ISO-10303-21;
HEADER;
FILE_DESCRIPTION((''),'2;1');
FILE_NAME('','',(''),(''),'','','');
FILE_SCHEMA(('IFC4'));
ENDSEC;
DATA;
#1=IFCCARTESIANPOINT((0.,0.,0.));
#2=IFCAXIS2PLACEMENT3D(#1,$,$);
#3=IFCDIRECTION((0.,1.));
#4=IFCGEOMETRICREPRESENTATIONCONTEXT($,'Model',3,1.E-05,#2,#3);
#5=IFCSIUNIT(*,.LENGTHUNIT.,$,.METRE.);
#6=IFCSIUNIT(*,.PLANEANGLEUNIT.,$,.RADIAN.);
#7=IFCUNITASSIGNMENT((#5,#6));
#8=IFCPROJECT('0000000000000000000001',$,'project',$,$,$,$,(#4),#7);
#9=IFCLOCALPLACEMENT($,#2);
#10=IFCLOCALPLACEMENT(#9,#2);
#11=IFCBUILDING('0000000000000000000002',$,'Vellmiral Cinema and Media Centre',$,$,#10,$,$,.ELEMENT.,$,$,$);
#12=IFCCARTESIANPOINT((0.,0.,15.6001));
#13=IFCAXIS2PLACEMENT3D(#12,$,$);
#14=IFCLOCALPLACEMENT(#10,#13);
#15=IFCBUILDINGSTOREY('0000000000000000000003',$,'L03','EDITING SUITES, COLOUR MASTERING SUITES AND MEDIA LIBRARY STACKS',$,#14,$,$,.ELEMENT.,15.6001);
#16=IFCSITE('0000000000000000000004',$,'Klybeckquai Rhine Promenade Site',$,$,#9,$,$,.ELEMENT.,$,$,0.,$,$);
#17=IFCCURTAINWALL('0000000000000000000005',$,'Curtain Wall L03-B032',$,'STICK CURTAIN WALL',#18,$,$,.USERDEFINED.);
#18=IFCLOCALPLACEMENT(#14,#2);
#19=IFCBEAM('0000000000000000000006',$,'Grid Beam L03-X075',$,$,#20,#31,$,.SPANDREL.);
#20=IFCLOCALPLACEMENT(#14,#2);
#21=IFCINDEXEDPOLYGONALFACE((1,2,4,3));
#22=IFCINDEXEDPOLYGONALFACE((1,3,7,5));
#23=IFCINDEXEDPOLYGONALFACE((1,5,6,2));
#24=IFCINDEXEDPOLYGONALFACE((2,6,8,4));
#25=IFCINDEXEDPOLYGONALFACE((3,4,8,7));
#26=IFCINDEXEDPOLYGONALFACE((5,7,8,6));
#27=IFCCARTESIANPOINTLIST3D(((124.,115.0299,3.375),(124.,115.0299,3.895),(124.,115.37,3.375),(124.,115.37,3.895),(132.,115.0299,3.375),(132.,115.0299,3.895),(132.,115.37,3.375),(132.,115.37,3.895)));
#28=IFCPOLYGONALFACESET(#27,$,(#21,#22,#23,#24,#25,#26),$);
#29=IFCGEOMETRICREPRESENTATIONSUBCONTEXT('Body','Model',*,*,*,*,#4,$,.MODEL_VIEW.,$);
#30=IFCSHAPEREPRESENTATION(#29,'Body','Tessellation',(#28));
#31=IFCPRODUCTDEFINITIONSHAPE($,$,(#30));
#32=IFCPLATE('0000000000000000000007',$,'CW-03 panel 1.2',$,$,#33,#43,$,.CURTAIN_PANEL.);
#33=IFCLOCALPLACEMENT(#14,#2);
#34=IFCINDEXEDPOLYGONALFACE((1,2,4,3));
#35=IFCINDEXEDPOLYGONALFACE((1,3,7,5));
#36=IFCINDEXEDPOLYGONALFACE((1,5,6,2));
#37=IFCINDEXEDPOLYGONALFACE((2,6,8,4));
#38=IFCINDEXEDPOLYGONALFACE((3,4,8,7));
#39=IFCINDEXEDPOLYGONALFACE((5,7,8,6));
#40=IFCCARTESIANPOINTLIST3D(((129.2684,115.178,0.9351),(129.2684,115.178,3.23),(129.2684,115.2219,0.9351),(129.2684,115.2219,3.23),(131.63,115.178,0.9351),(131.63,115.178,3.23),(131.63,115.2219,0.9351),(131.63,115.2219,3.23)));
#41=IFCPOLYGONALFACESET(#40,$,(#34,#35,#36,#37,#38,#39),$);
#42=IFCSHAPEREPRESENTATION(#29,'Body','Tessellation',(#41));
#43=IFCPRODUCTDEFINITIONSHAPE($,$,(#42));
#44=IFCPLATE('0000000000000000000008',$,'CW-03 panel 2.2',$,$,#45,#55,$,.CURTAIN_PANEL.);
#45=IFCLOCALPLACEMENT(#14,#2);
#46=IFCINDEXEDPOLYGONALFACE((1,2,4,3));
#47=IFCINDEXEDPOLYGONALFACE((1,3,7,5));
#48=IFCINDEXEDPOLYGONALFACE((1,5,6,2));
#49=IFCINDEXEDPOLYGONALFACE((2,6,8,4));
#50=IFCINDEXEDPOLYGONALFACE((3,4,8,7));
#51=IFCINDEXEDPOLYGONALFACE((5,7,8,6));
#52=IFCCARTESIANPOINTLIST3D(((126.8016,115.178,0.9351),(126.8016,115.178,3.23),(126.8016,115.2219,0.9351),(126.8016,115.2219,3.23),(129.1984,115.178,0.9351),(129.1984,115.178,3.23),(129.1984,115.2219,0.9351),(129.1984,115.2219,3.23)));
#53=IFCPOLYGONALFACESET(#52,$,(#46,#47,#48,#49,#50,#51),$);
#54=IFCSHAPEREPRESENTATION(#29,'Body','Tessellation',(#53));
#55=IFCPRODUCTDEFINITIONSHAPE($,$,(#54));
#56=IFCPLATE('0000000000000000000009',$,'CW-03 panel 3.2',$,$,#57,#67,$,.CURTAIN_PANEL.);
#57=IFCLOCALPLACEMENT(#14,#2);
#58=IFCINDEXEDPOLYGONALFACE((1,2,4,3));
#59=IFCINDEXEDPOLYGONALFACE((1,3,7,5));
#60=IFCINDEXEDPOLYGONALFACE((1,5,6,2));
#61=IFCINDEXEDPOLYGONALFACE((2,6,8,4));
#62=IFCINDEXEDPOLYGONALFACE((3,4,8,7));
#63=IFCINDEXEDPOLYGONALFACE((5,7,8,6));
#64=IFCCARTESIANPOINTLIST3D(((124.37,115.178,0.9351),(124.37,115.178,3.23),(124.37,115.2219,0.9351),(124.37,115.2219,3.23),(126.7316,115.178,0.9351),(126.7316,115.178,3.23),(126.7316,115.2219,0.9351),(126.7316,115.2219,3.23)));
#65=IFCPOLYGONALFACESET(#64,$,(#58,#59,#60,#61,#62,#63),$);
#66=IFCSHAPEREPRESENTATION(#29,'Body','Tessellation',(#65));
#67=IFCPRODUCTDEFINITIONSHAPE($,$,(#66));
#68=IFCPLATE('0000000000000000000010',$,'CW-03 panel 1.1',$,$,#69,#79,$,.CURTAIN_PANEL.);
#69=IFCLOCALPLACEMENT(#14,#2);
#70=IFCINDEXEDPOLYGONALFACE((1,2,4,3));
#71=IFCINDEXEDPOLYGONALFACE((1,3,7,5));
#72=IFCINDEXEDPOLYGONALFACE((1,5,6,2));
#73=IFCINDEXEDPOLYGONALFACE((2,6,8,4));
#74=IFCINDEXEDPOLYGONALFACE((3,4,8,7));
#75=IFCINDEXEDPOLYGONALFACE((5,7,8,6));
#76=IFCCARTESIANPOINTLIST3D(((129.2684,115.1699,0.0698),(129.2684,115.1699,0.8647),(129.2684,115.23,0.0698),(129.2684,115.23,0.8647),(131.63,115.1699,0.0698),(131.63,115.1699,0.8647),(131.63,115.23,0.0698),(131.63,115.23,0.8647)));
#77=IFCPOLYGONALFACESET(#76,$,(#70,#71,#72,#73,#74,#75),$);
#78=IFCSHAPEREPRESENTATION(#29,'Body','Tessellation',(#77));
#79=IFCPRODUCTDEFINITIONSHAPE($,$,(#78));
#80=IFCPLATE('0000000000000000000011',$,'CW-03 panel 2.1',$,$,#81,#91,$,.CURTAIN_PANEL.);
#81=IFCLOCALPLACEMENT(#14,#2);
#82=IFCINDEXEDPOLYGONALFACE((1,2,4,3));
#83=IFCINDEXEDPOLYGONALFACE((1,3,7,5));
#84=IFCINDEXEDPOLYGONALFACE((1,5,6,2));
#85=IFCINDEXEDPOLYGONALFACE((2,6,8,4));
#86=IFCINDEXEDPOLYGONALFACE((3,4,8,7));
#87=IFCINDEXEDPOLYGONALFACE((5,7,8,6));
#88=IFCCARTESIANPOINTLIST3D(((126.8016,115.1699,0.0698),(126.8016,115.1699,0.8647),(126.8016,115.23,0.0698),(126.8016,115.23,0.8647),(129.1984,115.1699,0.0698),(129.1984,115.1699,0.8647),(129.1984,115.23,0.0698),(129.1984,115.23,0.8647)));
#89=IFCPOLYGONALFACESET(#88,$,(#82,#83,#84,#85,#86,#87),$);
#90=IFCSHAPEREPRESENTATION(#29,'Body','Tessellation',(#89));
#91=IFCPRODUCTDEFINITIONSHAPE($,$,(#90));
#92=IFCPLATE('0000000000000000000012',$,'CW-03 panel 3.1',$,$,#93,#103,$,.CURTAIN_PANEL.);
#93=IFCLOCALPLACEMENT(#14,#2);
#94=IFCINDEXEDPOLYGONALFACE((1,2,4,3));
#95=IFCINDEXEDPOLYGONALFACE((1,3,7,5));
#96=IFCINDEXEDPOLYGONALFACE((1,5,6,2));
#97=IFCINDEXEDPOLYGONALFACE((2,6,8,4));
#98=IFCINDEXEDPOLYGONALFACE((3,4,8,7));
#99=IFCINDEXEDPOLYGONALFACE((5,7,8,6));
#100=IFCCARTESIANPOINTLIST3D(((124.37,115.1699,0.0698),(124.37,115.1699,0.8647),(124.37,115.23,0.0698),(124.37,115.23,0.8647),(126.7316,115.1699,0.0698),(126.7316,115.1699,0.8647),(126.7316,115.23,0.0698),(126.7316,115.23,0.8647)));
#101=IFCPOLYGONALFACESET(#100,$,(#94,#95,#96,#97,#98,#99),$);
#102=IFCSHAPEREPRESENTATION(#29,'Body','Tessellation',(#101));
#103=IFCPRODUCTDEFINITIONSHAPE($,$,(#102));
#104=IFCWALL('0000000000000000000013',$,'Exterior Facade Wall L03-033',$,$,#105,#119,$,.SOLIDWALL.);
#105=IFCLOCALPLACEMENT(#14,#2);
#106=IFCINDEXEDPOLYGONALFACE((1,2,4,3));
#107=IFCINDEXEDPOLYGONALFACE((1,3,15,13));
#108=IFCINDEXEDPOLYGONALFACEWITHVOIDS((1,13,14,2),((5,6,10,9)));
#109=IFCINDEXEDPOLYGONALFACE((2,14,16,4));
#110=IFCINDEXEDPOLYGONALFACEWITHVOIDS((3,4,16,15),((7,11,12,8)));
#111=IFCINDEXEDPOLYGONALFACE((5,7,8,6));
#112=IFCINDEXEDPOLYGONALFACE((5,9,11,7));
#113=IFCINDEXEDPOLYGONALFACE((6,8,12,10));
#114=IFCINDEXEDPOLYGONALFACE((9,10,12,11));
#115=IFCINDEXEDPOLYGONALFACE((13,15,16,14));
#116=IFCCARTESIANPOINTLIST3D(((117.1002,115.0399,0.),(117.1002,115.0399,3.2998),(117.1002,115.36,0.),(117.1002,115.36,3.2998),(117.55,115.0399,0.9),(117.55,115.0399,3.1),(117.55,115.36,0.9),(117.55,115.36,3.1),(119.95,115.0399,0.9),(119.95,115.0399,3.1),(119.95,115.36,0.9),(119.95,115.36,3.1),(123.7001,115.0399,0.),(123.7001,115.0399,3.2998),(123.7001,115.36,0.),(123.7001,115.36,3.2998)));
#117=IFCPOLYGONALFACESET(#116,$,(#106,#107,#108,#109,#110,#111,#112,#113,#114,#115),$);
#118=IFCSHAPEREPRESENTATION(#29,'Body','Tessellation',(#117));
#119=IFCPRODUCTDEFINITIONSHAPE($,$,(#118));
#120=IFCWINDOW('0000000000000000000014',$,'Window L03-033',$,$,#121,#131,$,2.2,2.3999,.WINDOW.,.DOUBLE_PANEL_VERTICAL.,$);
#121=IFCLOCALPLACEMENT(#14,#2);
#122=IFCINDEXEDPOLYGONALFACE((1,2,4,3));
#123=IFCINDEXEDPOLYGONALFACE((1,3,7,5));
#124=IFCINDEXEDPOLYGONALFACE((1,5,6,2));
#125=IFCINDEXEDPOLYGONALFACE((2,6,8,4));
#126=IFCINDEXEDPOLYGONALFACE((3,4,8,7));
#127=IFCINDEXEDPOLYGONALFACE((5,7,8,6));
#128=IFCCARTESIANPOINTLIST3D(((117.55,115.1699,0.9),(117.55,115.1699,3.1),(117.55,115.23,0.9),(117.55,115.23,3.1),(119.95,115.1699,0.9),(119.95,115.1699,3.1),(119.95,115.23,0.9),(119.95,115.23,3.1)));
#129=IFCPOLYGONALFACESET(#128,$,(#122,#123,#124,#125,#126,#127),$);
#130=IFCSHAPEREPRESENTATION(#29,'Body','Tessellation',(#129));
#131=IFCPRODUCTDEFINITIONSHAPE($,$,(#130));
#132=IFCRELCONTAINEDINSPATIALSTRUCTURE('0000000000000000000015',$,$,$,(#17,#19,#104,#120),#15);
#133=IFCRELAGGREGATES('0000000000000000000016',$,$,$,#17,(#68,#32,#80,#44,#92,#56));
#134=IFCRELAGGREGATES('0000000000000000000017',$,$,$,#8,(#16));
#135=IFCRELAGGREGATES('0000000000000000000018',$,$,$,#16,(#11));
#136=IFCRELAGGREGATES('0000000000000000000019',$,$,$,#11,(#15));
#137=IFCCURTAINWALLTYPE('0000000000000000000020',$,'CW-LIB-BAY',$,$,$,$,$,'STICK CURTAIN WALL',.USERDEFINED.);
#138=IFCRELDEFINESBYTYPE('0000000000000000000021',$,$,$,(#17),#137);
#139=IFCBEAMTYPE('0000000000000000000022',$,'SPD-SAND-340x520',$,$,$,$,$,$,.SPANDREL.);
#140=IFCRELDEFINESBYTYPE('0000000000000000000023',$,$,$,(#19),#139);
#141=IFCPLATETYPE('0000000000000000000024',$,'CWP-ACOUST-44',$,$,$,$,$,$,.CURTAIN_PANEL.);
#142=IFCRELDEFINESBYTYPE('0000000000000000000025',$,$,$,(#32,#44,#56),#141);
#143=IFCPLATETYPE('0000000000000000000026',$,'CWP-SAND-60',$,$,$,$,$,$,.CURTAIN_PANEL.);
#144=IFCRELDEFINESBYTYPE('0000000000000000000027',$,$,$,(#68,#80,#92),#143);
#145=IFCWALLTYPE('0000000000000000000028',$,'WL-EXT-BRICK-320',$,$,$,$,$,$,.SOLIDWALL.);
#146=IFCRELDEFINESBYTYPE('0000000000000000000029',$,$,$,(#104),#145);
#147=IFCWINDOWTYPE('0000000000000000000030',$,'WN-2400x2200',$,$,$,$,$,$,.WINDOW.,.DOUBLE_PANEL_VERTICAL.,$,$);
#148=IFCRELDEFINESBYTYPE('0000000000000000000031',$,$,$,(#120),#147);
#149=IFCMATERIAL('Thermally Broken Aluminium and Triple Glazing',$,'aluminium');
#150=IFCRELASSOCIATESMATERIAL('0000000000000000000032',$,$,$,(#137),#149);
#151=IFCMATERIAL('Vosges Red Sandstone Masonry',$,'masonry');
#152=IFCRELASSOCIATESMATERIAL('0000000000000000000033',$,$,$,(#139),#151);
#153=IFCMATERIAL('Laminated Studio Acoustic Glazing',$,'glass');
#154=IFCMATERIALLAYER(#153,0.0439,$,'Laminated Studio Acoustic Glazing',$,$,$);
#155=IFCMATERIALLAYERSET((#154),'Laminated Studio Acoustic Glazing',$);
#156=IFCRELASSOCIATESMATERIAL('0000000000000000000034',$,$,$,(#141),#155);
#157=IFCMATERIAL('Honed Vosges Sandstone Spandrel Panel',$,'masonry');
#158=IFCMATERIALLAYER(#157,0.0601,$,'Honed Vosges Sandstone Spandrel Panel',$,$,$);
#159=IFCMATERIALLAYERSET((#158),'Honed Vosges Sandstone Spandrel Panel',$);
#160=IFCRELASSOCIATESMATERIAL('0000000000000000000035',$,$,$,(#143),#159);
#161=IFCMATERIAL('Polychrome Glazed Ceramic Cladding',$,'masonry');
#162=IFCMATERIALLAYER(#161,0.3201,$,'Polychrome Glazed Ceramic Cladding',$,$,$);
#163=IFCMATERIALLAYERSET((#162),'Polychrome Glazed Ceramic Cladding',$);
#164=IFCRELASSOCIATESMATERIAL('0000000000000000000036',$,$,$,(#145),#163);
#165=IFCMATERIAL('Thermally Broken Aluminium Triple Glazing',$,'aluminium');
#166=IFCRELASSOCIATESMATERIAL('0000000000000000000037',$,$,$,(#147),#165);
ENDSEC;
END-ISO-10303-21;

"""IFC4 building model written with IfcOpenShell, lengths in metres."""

from ifc_helpers import new_model, si_unit, direction, frame, frame_2d, origin, origin_2d, place, context, subcontext, project, spatial, rectangle, extrude, material, layer, layer_set, material_profile, profile_set, type_object, element, fill, aggregate, save


model = new_model("IFC4")

# Units and contexts
model_context = context("Model", 3, precision=1e-05, world=origin(), true_north=direction((0.0, 1.0)))
body_context = subcontext(model_context, "Body", "Model", "MODEL_VIEW")
ifc_project = project(units=[si_unit("LENGTHUNIT", "METRE"), si_unit("PLANEANGLEUNIT", "RADIAN")], contexts=[model_context])

# Site, building, storey
site_placement = place(None, origin())
site = spatial("IfcSite", under=ifc_project, at=site_placement, Name="Klybeckquai Rhine Promenade Site", CompositionType="ELEMENT", RefElevation=0.0)
building_placement = place(site_placement, origin())
building = spatial("IfcBuilding", under=site, at=building_placement, Name="Vellmiral Cinema and Media Centre", CompositionType="ELEMENT")
storey_placement = place(building_placement, frame((0.0, 0.0, 15.6001)))
storey = spatial("IfcBuildingStorey", under=building, at=storey_placement, Name="L03", Description="EDITING SUITES, COLOUR MASTERING SUITES AND MEDIA LIBRARY STACKS", CompositionType="ELEMENT", Elevation=15.6001)

# Curtain wall
ifc_material_1 = material(Name="Thermally Broken Aluminium and Triple Glazing", Category="aluminium")
curtain_wall_type = type_object("IfcCurtainWallType", Name="CW-LIB-BAY", ElementType="STICK CURTAIN WALL", PredefinedType="USERDEFINED", material=ifc_material_1)
curtain_wall_placement = place(storey_placement, origin())
curtain_wall = element("IfcCurtainWall", 1, at=curtain_wall_placement, inside=storey, type_object=curtain_wall_type, Name="Curtain Wall L03-B032", ObjectType="STICK CURTAIN WALL", PredefinedType="USERDEFINED")

# Beam
ifc_material_2 = material(Name="Vosges Red Sandstone Masonry", Category="masonry")
ifc_material_profile_1 = material_profile(ifc_material_2, rectangle(XDim=0.3401, YDim=0.52, at=origin_2d()), Name="SAND 340x520")
ifc_profile_set_1 = profile_set([ifc_material_profile_1], Name="Vosges Red Sandstone Masonry")
beam_type_1 = type_object("IfcBeamType", Name="SPD-SAND-340x520", PredefinedType="SPANDREL", material=ifc_profile_set_1)
beam_1_placement = place(storey_placement, frame((124.0, 115.2, 3.635), z_axis=(1.0, 0.0, 0.0), x_axis=(0.0, 1.0, 0.0)))
element("IfcBeam", 2, at=beam_1_placement, inside=storey, type_object=beam_type_1, Name="Grid Beam L03-X075", PredefinedType="SPANDREL", context=body_context, shape_type="SweptSolid", body=[
    extrude(rectangle(XDim=0.3401, YDim=0.52, at=origin_2d()), origin(), (0.0, 0.0, 1.0), 8.0),
])

# Plates
ifc_material_3 = material(Name="Laminated Studio Acoustic Glazing", Category="glass")
ifc_layer_1 = layer(ifc_material_3, 0.0439, Name="Laminated Studio Acoustic Glazing")
ifc_layer_set_1 = layer_set([ifc_layer_1], Name="Laminated Studio Acoustic Glazing")
plate_type_1 = type_object("IfcPlateType", Name="CWP-ACOUST-44", PredefinedType="CURTAIN_PANEL", material=ifc_layer_set_1)
plate_1_placement = place(storey_placement, frame((130.4492, 115.2, 0.9351), z_axis=(0.0, 0.0, 1.0), x_axis=(-1.0, 0.0, 0.0)))
plate_1 = element("IfcPlate", 3, at=plate_1_placement, type_object=plate_type_1, Name="CW-03 panel 1.2", PredefinedType="CURTAIN_PANEL", context=body_context, shape_type="SweptSolid", body=[
    extrude(rectangle(XDim=2.3616, YDim=0.0439, at=origin_2d()), origin(), (0.0, 0.0, 1.0), 2.2949),
])
plate_2_placement = place(storey_placement, frame((128.0, 115.2, 0.9351), z_axis=(0.0, 0.0, 1.0), x_axis=(-1.0, 0.0, 0.0)))
plate_2 = element("IfcPlate", 4, at=plate_2_placement, type_object=plate_type_1, Name="CW-03 panel 2.2", PredefinedType="CURTAIN_PANEL", context=body_context, shape_type="SweptSolid", body=[
    extrude(rectangle(XDim=2.3967, YDim=0.0439, at=origin_2d()), origin(), (0.0, 0.0, 1.0), 2.2949),
])
plate_3_placement = place(storey_placement, frame((125.5508, 115.2, 0.9351), z_axis=(0.0, 0.0, 1.0), x_axis=(-1.0, 0.0, 0.0)))
plate_3 = element("IfcPlate", 5, at=plate_3_placement, type_object=plate_type_1, Name="CW-03 panel 3.2", PredefinedType="CURTAIN_PANEL", context=body_context, shape_type="SweptSolid", body=[
    extrude(rectangle(XDim=2.3616, YDim=0.0439, at=origin_2d()), origin(), (0.0, 0.0, 1.0), 2.2949),
])
ifc_material_4 = material(Name="Honed Vosges Sandstone Spandrel Panel", Category="masonry")
ifc_layer_2 = layer(ifc_material_4, 0.0601, Name="Honed Vosges Sandstone Spandrel Panel")
ifc_layer_set_2 = layer_set([ifc_layer_2], Name="Honed Vosges Sandstone Spandrel Panel")
plate_type_2 = type_object("IfcPlateType", Name="CWP-SAND-60", PredefinedType="CURTAIN_PANEL", material=ifc_layer_set_2)
plate_4_placement = place(storey_placement, frame((130.4492, 115.2, 0.0698), z_axis=(0.0, 0.0, 1.0), x_axis=(-1.0, 0.0, 0.0)))
plate_4 = element("IfcPlate", 6, at=plate_4_placement, type_object=plate_type_2, Name="CW-03 panel 1.1", PredefinedType="CURTAIN_PANEL", context=body_context, shape_type="SweptSolid", body=[
    extrude(rectangle(XDim=2.3616, YDim=0.0601, at=origin_2d()), origin(), (0.0, 0.0, 1.0), 0.7949),
])
plate_5_placement = place(storey_placement, frame((128.0, 115.2, 0.0698), z_axis=(0.0, 0.0, 1.0), x_axis=(-1.0, 0.0, 0.0)))
plate_5 = element("IfcPlate", 7, at=plate_5_placement, type_object=plate_type_2, Name="CW-03 panel 2.1", PredefinedType="CURTAIN_PANEL", context=body_context, shape_type="SweptSolid", body=[
    extrude(rectangle(XDim=2.3967, YDim=0.0601, at=origin_2d()), origin(), (0.0, 0.0, 1.0), 0.7949),
])
plate_6_placement = place(storey_placement, frame((125.5508, 115.2, 0.0698), z_axis=(0.0, 0.0, 1.0), x_axis=(-1.0, 0.0, 0.0)))
plate_6 = element("IfcPlate", 8, at=plate_6_placement, type_object=plate_type_2, Name="CW-03 panel 3.1", PredefinedType="CURTAIN_PANEL", context=body_context, shape_type="SweptSolid", body=[
    extrude(rectangle(XDim=2.3616, YDim=0.0601, at=origin_2d()), origin(), (0.0, 0.0, 1.0), 0.7949),
])
aggregate(curtain_wall, [plate_4, plate_1, plate_5, plate_2, plate_6, plate_3])

# Wall, opening, window
ifc_material_5 = material(Name="Polychrome Glazed Ceramic Cladding", Category="masonry")
ifc_layer_3 = layer(ifc_material_5, 0.3201, Name="Polychrome Glazed Ceramic Cladding")
ifc_layer_set_3 = layer_set([ifc_layer_3], Name="Polychrome Glazed Ceramic Cladding")
wall_type = type_object("IfcWallType", Name="WL-EXT-BRICK-320", PredefinedType="SOLIDWALL", material=ifc_layer_set_3)
wall_placement = place(storey_placement, frame((123.7, 115.2, 0.0), z_axis=(0.0, 0.0, 1.0), x_axis=(-1.0, 0.0, 0.0)))
wall = element("IfcWall", 9, at=wall_placement, inside=storey, type_object=wall_type, Name="Exterior Facade Wall L03-033", PredefinedType="SOLIDWALL", context=body_context, shape_type="SweptSolid", body=[
    extrude(rectangle(XDim=6.5999, YDim=0.3201, at=frame_2d((3.2998, 0.0))), origin(), (0.0, 0.0, 1.0), 3.2998),
])
opening_placement = place(wall_placement, frame((3.75, 0.0, 0.8999)))
opening = element("IfcOpeningElement", 10, at=opening_placement, cuts=wall, PredefinedType="OPENING", context=body_context, shape_type="SweptSolid", body=[
    extrude(rectangle(XDim=2.3999, YDim=2.2, at=frame_2d((1.2, 1.1001))), frame((0.0, 0.1719, 0.0), z_axis=(0.0, -1.0, 0.0), x_axis=(1.0, 0.0, 0.0)), (0.0, 0.0, 1.0), 0.344),
])
ifc_material_6 = material(Name="Thermally Broken Aluminium Triple Glazing", Category="aluminium")
window_type = type_object("IfcWindowType", Name="WN-2400x2200", PartitioningType="DOUBLE_PANEL_VERTICAL", PredefinedType="WINDOW", material=ifc_material_6)
window_placement = place(opening_placement, origin())
window = element("IfcWindow", 11, at=window_placement, inside=storey, type_object=window_type, Name="Window L03-033", OverallHeight=2.2, OverallWidth=2.3999, PartitioningType="DOUBLE_PANEL_VERTICAL", PredefinedType="WINDOW", context=body_context, shape_type="SweptSolid", body=[
    extrude(rectangle(XDim=2.3999, YDim=2.2, at=frame_2d((1.2, 1.1001))), frame((0.0, 0.03, 0.0), z_axis=(0.0, -1.0, 0.0), x_axis=(1.0, 0.0, 0.0)), (0.0, 0.0, 1.0), 0.0601),
])
fill(opening, window)

save(model, "model.ifc")
